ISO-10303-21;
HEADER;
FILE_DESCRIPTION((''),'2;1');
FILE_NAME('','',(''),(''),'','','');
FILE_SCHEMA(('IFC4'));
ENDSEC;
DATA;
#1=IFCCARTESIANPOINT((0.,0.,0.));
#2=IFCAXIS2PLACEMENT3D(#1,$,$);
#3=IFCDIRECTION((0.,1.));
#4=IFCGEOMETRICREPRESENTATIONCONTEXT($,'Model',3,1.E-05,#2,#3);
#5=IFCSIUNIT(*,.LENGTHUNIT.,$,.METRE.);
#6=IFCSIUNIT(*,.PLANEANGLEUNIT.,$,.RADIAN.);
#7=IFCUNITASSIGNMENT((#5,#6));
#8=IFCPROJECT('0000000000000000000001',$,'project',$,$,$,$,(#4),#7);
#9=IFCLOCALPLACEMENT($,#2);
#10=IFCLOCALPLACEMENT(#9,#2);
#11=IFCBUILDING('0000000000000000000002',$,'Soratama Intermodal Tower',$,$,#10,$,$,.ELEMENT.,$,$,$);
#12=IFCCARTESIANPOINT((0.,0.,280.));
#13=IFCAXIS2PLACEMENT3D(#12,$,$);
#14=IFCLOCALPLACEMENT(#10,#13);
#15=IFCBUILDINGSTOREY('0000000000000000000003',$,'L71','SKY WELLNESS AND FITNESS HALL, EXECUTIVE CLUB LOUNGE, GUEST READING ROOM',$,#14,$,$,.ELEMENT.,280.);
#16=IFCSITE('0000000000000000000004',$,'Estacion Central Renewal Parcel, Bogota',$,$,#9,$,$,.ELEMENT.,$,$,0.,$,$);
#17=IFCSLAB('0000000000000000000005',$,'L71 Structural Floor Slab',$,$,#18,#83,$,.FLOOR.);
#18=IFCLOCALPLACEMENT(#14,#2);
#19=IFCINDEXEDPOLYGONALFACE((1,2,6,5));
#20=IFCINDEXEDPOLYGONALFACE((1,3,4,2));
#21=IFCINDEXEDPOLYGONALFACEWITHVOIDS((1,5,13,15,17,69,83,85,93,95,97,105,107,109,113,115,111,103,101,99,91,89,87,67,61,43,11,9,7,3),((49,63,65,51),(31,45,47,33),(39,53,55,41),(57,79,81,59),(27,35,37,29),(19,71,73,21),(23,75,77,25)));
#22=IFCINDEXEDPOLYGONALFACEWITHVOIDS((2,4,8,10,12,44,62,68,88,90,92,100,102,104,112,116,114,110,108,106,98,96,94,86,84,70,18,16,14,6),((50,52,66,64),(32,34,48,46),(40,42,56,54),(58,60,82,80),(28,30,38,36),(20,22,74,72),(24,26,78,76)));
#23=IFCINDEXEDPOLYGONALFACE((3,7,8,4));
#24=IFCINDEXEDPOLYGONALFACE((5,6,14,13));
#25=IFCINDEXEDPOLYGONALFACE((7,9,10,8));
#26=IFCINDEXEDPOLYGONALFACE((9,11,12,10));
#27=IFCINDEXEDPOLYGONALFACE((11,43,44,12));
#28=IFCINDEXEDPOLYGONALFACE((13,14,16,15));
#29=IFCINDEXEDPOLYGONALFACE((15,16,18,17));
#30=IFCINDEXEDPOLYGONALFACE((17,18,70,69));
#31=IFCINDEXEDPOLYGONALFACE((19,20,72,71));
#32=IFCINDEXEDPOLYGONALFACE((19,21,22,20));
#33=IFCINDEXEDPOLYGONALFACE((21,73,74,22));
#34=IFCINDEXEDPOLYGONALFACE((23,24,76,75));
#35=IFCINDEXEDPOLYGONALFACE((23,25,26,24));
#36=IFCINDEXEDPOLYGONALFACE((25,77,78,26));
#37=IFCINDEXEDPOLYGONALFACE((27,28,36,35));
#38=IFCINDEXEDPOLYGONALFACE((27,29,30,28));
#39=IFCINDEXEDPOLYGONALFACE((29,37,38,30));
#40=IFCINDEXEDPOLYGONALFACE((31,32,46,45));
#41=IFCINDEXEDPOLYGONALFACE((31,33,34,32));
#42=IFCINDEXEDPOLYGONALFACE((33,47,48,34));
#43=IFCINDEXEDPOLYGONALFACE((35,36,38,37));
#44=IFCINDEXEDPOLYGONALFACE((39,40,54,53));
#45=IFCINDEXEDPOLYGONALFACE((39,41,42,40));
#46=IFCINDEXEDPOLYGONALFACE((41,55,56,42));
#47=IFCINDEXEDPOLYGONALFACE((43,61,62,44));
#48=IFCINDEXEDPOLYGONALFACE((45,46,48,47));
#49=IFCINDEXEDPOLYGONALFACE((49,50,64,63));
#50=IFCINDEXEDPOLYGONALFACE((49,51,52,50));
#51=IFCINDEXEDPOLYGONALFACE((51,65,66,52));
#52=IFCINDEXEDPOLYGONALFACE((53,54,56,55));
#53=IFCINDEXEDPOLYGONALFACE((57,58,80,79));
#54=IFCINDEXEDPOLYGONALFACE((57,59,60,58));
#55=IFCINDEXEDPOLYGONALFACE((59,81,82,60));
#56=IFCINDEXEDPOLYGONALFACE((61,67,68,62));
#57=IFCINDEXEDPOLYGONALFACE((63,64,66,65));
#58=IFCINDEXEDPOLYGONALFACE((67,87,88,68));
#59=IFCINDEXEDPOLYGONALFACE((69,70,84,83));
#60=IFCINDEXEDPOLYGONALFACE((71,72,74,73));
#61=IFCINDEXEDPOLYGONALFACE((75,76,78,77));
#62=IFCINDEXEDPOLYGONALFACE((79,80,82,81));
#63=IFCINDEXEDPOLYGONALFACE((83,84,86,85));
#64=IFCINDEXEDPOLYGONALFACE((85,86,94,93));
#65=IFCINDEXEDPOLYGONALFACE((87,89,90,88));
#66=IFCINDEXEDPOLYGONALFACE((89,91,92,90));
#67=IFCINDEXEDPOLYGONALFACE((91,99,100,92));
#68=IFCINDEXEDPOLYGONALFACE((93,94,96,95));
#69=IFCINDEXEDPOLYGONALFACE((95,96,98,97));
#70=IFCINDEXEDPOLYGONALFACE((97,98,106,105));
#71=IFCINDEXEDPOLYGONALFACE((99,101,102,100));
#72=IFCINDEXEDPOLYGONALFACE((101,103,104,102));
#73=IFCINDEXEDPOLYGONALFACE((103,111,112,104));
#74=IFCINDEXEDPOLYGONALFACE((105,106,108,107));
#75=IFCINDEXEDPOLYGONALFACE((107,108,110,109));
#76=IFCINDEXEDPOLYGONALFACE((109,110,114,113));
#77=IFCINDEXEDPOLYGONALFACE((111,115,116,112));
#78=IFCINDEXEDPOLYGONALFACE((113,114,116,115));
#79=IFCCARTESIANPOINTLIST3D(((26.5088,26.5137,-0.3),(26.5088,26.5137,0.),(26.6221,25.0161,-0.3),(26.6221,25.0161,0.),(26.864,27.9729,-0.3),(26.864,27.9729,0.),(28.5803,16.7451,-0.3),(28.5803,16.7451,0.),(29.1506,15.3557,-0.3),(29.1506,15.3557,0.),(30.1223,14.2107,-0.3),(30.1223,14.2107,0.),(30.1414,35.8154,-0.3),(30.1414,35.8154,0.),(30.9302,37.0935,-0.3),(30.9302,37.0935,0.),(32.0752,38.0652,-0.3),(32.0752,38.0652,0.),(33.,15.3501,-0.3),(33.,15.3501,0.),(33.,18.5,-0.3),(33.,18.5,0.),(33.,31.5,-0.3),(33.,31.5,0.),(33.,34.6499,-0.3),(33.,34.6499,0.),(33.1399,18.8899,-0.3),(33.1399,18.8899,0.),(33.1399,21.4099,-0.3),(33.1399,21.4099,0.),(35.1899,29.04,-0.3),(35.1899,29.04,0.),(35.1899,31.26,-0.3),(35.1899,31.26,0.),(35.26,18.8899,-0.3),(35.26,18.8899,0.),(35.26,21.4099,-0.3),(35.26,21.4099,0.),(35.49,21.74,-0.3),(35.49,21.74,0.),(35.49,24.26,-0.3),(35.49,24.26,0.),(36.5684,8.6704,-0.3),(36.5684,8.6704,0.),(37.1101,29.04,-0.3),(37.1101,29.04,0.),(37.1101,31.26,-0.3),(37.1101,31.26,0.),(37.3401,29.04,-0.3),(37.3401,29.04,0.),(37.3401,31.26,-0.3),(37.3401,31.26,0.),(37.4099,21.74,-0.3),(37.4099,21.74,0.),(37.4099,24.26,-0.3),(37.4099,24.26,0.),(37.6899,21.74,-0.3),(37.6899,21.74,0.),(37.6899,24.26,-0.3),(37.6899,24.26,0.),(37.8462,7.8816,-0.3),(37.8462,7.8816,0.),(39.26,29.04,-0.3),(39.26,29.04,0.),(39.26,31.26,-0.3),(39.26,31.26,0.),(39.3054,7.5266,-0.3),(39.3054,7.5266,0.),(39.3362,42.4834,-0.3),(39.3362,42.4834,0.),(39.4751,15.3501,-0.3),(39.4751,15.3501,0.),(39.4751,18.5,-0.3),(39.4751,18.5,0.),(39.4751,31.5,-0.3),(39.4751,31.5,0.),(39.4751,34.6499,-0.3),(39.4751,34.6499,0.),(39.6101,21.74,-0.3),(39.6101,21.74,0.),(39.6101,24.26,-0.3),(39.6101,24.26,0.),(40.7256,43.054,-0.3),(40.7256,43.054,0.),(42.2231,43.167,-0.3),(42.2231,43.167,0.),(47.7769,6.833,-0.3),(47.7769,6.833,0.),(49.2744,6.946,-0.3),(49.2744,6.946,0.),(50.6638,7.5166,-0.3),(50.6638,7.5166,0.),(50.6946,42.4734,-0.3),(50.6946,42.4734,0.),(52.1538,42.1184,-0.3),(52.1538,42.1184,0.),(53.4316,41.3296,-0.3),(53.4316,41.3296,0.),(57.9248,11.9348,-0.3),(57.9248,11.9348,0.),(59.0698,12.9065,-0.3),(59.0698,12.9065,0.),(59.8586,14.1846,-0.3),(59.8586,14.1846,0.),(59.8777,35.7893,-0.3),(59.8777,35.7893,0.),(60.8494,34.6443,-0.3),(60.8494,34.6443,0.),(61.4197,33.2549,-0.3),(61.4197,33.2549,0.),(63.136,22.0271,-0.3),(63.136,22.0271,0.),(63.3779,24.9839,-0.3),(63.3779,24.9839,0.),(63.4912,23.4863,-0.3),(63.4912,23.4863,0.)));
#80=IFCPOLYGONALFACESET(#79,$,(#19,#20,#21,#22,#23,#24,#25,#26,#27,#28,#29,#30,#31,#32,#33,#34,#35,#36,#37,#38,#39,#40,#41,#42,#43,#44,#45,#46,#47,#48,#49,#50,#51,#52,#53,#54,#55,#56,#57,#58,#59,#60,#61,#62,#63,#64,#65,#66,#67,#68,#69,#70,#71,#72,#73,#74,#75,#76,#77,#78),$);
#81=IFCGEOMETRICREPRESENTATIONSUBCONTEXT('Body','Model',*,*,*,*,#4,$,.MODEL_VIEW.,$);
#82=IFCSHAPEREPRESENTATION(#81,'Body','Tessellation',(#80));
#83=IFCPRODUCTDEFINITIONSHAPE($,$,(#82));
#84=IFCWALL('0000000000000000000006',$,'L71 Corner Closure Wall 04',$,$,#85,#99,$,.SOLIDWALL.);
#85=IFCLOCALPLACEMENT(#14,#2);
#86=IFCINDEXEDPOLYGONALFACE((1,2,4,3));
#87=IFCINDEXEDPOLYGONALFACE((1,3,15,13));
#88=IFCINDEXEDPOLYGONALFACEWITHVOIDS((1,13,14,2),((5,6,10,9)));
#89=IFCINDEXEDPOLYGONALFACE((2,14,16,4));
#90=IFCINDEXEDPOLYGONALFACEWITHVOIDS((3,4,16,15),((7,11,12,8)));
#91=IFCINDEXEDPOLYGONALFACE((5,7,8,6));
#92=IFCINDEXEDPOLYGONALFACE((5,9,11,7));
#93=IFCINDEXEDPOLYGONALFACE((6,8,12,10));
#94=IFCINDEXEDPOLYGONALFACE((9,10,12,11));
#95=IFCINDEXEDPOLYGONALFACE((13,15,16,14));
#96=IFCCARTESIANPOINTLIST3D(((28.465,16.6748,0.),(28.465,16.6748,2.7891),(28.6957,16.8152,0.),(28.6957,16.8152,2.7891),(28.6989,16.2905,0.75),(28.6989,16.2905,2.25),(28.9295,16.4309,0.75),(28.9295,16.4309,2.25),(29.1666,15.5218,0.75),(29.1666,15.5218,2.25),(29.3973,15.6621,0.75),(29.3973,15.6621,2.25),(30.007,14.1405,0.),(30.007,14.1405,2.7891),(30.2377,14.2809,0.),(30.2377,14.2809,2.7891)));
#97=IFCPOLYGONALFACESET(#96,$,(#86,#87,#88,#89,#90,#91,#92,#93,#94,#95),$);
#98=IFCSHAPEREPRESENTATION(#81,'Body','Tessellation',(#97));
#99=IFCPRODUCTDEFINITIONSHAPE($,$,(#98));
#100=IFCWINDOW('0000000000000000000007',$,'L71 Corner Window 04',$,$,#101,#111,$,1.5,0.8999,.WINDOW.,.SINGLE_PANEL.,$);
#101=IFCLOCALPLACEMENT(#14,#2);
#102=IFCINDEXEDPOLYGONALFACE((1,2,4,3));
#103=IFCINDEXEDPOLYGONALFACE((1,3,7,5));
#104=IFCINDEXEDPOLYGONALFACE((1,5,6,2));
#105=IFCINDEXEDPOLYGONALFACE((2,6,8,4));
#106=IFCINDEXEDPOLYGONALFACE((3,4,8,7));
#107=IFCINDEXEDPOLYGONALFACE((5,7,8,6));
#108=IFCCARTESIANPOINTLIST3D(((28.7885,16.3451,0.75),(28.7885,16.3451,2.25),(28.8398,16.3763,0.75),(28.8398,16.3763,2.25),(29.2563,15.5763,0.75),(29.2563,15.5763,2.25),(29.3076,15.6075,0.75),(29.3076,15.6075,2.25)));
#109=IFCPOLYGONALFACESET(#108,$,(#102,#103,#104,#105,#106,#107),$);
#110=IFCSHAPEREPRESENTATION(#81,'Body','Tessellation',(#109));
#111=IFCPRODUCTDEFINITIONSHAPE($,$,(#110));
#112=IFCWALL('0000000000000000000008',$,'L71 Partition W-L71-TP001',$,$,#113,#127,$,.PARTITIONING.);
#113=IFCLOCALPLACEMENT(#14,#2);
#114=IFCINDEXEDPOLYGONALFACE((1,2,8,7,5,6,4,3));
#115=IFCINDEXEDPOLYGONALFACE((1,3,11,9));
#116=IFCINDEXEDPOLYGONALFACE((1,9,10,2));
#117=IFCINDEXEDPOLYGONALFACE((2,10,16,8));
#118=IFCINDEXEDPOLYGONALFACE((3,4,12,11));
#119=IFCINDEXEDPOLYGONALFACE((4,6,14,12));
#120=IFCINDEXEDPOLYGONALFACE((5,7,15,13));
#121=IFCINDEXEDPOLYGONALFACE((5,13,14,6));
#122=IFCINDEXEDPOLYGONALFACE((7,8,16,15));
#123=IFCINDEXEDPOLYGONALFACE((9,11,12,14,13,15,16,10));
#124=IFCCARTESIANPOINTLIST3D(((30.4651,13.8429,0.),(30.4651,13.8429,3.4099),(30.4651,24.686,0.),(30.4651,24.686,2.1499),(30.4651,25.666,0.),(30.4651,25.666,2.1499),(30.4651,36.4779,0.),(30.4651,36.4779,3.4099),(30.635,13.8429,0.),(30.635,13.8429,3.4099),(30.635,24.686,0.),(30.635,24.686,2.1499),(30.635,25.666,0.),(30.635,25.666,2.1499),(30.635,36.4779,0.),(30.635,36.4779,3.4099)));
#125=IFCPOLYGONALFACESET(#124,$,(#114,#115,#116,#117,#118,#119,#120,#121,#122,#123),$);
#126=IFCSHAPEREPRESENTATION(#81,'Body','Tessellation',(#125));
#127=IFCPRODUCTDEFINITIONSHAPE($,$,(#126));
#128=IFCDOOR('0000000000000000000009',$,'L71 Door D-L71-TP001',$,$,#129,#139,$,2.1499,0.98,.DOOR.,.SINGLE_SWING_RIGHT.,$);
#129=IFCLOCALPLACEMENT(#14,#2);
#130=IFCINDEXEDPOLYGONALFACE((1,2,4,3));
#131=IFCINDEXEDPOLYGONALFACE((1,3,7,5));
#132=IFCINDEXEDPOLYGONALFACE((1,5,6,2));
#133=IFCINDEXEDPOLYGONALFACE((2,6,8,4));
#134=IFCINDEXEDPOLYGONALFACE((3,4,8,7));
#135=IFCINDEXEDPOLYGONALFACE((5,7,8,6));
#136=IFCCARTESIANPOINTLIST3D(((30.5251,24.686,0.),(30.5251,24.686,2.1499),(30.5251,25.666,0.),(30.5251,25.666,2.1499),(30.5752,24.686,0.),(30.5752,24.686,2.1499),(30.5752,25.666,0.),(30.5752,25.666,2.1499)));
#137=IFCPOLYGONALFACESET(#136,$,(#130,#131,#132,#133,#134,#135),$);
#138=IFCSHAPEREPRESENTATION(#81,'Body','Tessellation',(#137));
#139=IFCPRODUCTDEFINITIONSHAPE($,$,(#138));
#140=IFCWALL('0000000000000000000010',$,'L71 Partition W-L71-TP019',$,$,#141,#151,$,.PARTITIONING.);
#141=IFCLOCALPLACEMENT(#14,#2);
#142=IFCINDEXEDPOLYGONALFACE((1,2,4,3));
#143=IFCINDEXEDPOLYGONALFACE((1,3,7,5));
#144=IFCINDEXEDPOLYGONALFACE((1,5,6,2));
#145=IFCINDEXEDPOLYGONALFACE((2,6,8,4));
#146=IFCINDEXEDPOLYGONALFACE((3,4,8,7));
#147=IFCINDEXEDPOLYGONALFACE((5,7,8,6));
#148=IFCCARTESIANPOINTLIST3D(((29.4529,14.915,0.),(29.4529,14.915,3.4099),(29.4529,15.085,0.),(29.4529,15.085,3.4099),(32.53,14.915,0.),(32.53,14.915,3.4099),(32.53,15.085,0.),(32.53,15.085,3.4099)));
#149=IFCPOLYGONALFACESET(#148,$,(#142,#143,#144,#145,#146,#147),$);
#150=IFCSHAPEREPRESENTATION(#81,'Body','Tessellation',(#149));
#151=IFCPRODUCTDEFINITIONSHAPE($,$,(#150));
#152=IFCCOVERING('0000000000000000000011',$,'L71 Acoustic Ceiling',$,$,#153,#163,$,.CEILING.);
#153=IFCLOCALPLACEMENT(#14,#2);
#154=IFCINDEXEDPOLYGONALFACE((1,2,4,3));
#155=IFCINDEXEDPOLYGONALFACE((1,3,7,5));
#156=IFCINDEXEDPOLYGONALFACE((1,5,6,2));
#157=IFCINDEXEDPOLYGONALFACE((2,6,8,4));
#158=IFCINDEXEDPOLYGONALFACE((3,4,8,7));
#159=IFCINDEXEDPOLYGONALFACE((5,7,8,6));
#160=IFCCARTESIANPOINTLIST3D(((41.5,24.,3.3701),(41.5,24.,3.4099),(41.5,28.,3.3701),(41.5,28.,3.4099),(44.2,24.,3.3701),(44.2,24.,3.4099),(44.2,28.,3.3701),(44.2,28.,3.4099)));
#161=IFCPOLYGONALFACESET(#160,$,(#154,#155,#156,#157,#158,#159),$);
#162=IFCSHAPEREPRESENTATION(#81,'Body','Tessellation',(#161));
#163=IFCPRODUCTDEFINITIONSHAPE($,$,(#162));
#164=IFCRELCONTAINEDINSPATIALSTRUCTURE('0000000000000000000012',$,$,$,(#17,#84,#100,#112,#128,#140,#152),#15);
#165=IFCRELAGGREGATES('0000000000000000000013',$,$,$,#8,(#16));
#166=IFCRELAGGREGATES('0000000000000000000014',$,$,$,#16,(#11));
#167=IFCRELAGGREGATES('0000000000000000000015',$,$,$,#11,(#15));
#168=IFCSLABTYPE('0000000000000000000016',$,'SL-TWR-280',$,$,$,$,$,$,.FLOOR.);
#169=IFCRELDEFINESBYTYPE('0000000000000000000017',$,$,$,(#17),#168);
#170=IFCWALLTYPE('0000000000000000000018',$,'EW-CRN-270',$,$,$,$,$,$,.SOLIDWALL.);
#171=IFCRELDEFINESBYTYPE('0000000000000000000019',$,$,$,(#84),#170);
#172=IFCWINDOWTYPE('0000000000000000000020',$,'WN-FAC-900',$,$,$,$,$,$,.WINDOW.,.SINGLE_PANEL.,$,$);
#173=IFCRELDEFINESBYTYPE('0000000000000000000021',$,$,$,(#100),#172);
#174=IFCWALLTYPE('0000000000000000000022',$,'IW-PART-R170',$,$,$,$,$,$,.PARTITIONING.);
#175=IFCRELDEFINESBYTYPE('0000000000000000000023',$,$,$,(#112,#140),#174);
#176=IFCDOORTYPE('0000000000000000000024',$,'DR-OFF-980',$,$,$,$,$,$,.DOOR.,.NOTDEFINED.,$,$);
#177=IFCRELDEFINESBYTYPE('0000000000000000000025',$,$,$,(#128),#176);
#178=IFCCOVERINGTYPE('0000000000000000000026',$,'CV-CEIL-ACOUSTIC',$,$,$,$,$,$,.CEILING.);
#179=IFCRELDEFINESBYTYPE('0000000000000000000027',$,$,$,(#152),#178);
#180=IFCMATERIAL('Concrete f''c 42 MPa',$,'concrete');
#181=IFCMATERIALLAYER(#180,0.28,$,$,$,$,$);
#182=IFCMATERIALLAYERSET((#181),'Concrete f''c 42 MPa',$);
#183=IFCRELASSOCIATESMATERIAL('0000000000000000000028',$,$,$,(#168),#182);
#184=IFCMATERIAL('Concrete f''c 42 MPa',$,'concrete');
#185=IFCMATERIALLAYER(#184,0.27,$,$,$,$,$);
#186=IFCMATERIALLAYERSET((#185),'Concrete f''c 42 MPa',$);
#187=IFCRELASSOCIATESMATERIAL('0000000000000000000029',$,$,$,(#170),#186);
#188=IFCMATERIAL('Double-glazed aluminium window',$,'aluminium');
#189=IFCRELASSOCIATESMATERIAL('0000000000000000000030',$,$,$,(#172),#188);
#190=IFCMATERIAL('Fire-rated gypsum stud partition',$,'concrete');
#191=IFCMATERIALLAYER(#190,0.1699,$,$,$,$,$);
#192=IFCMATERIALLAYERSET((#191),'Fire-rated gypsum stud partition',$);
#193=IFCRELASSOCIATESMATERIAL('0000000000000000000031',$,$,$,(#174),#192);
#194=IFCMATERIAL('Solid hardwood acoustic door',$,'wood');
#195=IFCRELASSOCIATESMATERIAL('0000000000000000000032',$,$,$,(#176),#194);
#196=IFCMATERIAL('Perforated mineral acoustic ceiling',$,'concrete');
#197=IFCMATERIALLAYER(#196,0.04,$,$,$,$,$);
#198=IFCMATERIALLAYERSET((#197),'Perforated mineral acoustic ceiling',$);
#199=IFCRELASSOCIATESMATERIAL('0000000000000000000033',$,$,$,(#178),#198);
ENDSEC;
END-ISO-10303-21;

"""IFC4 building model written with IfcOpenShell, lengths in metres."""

from ifc_helpers import new_model, si_unit, direction, frame, frame_2d, origin, place, context, subcontext, project, spatial, polyline, rectangle, outline, extrude, material, layer, layer_set, type_object, element, fill, save


model = new_model("IFC4")

# Units and contexts
model_context = context("Model", 3, precision=1e-05, world=origin(), true_north=direction((0.0, 1.0)))
body_context = subcontext(model_context, "Body", "Model", "MODEL_VIEW")
ifc_project = project(units=[si_unit("LENGTHUNIT", "METRE"), si_unit("PLANEANGLEUNIT", "RADIAN")], contexts=[model_context])

# Site, building, storey
site_placement = place(None, origin())
site = spatial("IfcSite", under=ifc_project, at=site_placement, Name="Estacion Central Renewal Parcel, Bogota", CompositionType="ELEMENT", RefElevation=0.0)
building_placement = place(site_placement, origin())
building = spatial("IfcBuilding", under=site, at=building_placement, Name="Soratama Intermodal Tower", CompositionType="ELEMENT")
storey_placement = place(building_placement, frame((0.0, 0.0, 280.0)))
storey = spatial("IfcBuildingStorey", under=building, at=storey_placement, Name="L71", Description="SKY WELLNESS AND FITNESS HALL, EXECUTIVE CLUB LOUNGE, GUEST READING ROOM", CompositionType="ELEMENT", Elevation=280.0)

# Slab
ifc_material_1 = material(Name="Concrete f'c 42 MPa", Category="concrete")
ifc_layer_1 = layer(ifc_material_1, 0.28)
ifc_layer_set_1 = layer_set([ifc_layer_1], Name="Concrete f'c 42 MPa")
slab_type_1 = type_object("IfcSlabType", Name="SL-TWR-280", PredefinedType="FLOOR", material=ifc_layer_set_1)
slab_1_placement = place(storey_placement, frame((0.0, 0.0, -0.3)))
element("IfcSlab", 1, at=slab_1_placement, inside=storey, type_object=slab_type_1, Name="L71 Structural Floor Slab", PredefinedType="FLOOR", context=body_context, shape_type="SweptSolid", body=[
    extrude(outline(polyline([(53.4316, 41.3296), (52.1538, 42.1184), (50.6946, 42.4734), (42.2231, 43.167), (40.7256, 43.054), (39.3362, 42.4834), (32.0752, 38.0652), (30.9302, 37.0935), (30.1414, 35.8154), (26.864, 27.9729), (26.5088, 26.5137), (26.6221, 25.0161), (28.5803, 16.7451), (29.1506, 15.3557), (30.1223, 14.2107), (36.5684, 8.6704), (37.8462, 7.8816), (39.3054, 7.5266), (47.7769, 6.833), (49.2744, 6.946), (50.6638, 7.5166), (57.9248, 11.9348), (59.0698, 12.9065), (59.8586, 14.1846), (63.136, 22.0271), (63.4912, 23.4863), (63.3779, 24.9839), (61.4197, 33.2549), (60.8494, 34.6443), (59.8777, 35.7893), (53.4316, 41.3296)]), holes=[polyline([(33.0, 15.3501), (39.4751, 15.3501), (39.4751, 18.5), (33.0, 18.5), (33.0, 15.3501)]), polyline([(35.26, 21.4099), (33.1399, 21.4099), (33.1399, 18.8899), (35.26, 18.8899), (35.26, 21.4099)]), polyline([(37.4099, 24.26), (35.49, 24.26), (35.49, 21.74), (37.4099, 21.74), (37.4099, 24.26)]), polyline([(39.6101, 24.26), (37.6899, 24.26), (37.6899, 21.74), (39.6101, 21.74), (39.6101, 24.26)]), polyline([(37.1101, 31.26), (35.1899, 31.26), (35.1899, 29.04), (37.1101, 29.04), (37.1101, 31.26)]), polyline([(39.26, 31.26), (37.3401, 31.26), (37.3401, 29.04), (39.26, 29.04), (39.26, 31.26)]), polyline([(33.0, 34.6499), (33.0, 31.5), (39.4751, 31.5), (39.4751, 34.6499), (33.0, 34.6499)])]), origin(), (0.0, 0.0, 1.0), 0.3),
])

# Wall, opening, window
ifc_material_2 = material(Name="Concrete f'c 42 MPa", Category="concrete")
ifc_layer_2 = layer(ifc_material_2, 0.27)
ifc_layer_set_2 = layer_set([ifc_layer_2], Name="Concrete f'c 42 MPa")
wall_type_1 = type_object("IfcWallType", Name="EW-CRN-270", PredefinedType="SOLIDWALL", material=ifc_layer_set_2)
wall_1_placement = place(storey_placement, frame((28.5803, 16.7451, 0.0), z_axis=(0.0, 0.0, 1.0), x_axis=(0.519775, -0.854303, 0.0)))
wall_1 = element("IfcWall", 2, at=wall_1_placement, inside=storey, type_object=wall_type_1, Name="L71 Corner Closure Wall 04", PredefinedType="SOLIDWALL", context=body_context, shape_type="SweptSolid", body=[
    extrude(rectangle(XDim=2.9666, YDim=0.27, at=frame_2d((1.4834, 0.0))), origin(), (0.0, 0.0, 1.0), 2.7891),
])
opening_1_placement = place(wall_1_placement, frame((0.45, 0.0, 0.75)))
opening_1 = element("IfcOpeningElement", 3, at=opening_1_placement, cuts=wall_1, PredefinedType="OPENING", context=body_context, shape_type="SweptSolid", body=[
    extrude(rectangle(XDim=0.8999, YDim=1.5, at=frame_2d((0.45, 0.75))), frame((0.0, 0.145, 0.0), z_axis=(0.0, -1.0, 0.0), x_axis=(1.0, 0.0, 0.0)), (0.0, 0.0, 1.0), 0.29),
])
ifc_material_3 = material(Name="Double-glazed aluminium window", Category="aluminium")
window_type = type_object("IfcWindowType", Name="WN-FAC-900", PartitioningType="SINGLE_PANEL", PredefinedType="WINDOW", material=ifc_material_3)
window_placement = place(opening_1_placement, origin())
window = element("IfcWindow", 4, at=window_placement, inside=storey, type_object=window_type, Name="L71 Corner Window 04", OverallHeight=1.5, OverallWidth=0.8999, PartitioningType="SINGLE_PANEL", PredefinedType="WINDOW", context=body_context, shape_type="SweptSolid", body=[
    extrude(rectangle(XDim=0.8999, YDim=1.5, at=frame_2d((0.45, 0.75))), frame((0.0, 0.03, 0.0), z_axis=(0.0, -1.0, 0.0), x_axis=(1.0, 0.0, 0.0)), (0.0, 0.0, 1.0), 0.0601),
])
fill(opening_1, window)

# Wall, opening, door
ifc_material_4 = material(Name="Fire-rated gypsum stud partition", Category="concrete")
ifc_layer_3 = layer(ifc_material_4, 0.1699)
ifc_layer_set_3 = layer_set([ifc_layer_3], Name="Fire-rated gypsum stud partition")
wall_type_2 = type_object("IfcWallType", Name="IW-PART-R170", PredefinedType="PARTITIONING", material=ifc_layer_set_3)
wall_2_placement = place(storey_placement, frame((30.55, 13.843, 0.0), z_axis=(0.0, 0.0, 1.0), x_axis=(0.0, 1.0, 0.0)))
wall_2 = element("IfcWall", 5, at=wall_2_placement, inside=storey, type_object=wall_type_2, Name="L71 Partition W-L71-TP001", PredefinedType="PARTITIONING", context=body_context, shape_type="SweptSolid", body=[
    extrude(rectangle(XDim=22.635, YDim=0.1699, at=frame_2d((11.3174, 0.0))), origin(), (0.0, 0.0, 1.0), 3.4099),
])
opening_2_placement = place(wall_2_placement, frame((10.843, 0.0, 0.0)))
opening_2 = element("IfcOpeningElement", 6, at=opening_2_placement, cuts=wall_2, PredefinedType="OPENING", context=body_context, shape_type="SweptSolid", body=[
    extrude(rectangle(XDim=0.98, YDim=2.1499, at=frame_2d((0.49, 1.075))), frame((0.0, 0.095, 0.0), z_axis=(0.0, -1.0, 0.0), x_axis=(1.0, 0.0, 0.0)), (0.0, 0.0, 1.0), 0.1899),
])
ifc_material_5 = material(Name="Solid hardwood acoustic door", Category="wood")
door_type = type_object("IfcDoorType", Name="DR-OFF-980", OperationType="NOTDEFINED", PredefinedType="DOOR", material=ifc_material_5)
door_placement = place(opening_2_placement, origin())
door = element("IfcDoor", 7, at=door_placement, inside=storey, type_object=door_type, Name="L71 Door D-L71-TP001", OperationType="SINGLE_SWING_RIGHT", OverallHeight=2.1499, OverallWidth=0.98, PredefinedType="DOOR", context=body_context, shape_type="SweptSolid", body=[
    extrude(rectangle(XDim=0.98, YDim=2.1499, at=frame_2d((0.49, 1.075))), frame((0.0, 0.0249, 0.0), z_axis=(0.0, -1.0, 0.0), x_axis=(1.0, 0.0, 0.0)), (0.0, 0.0, 1.0), 0.05),
])
fill(opening_2, door)

# Wall
wall_3_placement = place(storey_placement, frame((32.53, 15.0, 0.0), z_axis=(0.0, 0.0, 1.0), x_axis=(-1.0, 0.0, 0.0)))
element("IfcWall", 8, at=wall_3_placement, inside=storey, type_object=wall_type_2, Name="L71 Partition W-L71-TP019", PredefinedType="PARTITIONING", context=body_context, shape_type="SweptSolid", body=[
    extrude(rectangle(XDim=3.0771, YDim=0.1699, at=frame_2d((1.5386, 0.0))), origin(), (0.0, 0.0, 1.0), 3.4099),
])

# Covering
ifc_material_6 = material(Name="Perforated mineral acoustic ceiling", Category="concrete")
ifc_layer_4 = layer(ifc_material_6, 0.04)
ifc_layer_set_4 = layer_set([ifc_layer_4], Name="Perforated mineral acoustic ceiling")
covering_type_1 = type_object("IfcCoveringType", Name="CV-CEIL-ACOUSTIC", PredefinedType="CEILING", material=ifc_layer_set_4)
covering_1_placement = place(storey_placement, frame((0.0, 0.0, 3.3701)))
element("IfcCovering", 9, at=covering_1_placement, inside=storey, type_object=covering_type_1, Name="L71 Acoustic Ceiling", PredefinedType="CEILING", context=body_context, shape_type="SweptSolid", body=[
    extrude(outline(polyline([(41.5, 24.0), (44.2, 24.0), (44.2, 28.0), (41.5, 28.0), (41.5, 24.0)])), origin(), (0.0, 0.0, 1.0), 0.0398),
])

save(model, "model.ifc")
